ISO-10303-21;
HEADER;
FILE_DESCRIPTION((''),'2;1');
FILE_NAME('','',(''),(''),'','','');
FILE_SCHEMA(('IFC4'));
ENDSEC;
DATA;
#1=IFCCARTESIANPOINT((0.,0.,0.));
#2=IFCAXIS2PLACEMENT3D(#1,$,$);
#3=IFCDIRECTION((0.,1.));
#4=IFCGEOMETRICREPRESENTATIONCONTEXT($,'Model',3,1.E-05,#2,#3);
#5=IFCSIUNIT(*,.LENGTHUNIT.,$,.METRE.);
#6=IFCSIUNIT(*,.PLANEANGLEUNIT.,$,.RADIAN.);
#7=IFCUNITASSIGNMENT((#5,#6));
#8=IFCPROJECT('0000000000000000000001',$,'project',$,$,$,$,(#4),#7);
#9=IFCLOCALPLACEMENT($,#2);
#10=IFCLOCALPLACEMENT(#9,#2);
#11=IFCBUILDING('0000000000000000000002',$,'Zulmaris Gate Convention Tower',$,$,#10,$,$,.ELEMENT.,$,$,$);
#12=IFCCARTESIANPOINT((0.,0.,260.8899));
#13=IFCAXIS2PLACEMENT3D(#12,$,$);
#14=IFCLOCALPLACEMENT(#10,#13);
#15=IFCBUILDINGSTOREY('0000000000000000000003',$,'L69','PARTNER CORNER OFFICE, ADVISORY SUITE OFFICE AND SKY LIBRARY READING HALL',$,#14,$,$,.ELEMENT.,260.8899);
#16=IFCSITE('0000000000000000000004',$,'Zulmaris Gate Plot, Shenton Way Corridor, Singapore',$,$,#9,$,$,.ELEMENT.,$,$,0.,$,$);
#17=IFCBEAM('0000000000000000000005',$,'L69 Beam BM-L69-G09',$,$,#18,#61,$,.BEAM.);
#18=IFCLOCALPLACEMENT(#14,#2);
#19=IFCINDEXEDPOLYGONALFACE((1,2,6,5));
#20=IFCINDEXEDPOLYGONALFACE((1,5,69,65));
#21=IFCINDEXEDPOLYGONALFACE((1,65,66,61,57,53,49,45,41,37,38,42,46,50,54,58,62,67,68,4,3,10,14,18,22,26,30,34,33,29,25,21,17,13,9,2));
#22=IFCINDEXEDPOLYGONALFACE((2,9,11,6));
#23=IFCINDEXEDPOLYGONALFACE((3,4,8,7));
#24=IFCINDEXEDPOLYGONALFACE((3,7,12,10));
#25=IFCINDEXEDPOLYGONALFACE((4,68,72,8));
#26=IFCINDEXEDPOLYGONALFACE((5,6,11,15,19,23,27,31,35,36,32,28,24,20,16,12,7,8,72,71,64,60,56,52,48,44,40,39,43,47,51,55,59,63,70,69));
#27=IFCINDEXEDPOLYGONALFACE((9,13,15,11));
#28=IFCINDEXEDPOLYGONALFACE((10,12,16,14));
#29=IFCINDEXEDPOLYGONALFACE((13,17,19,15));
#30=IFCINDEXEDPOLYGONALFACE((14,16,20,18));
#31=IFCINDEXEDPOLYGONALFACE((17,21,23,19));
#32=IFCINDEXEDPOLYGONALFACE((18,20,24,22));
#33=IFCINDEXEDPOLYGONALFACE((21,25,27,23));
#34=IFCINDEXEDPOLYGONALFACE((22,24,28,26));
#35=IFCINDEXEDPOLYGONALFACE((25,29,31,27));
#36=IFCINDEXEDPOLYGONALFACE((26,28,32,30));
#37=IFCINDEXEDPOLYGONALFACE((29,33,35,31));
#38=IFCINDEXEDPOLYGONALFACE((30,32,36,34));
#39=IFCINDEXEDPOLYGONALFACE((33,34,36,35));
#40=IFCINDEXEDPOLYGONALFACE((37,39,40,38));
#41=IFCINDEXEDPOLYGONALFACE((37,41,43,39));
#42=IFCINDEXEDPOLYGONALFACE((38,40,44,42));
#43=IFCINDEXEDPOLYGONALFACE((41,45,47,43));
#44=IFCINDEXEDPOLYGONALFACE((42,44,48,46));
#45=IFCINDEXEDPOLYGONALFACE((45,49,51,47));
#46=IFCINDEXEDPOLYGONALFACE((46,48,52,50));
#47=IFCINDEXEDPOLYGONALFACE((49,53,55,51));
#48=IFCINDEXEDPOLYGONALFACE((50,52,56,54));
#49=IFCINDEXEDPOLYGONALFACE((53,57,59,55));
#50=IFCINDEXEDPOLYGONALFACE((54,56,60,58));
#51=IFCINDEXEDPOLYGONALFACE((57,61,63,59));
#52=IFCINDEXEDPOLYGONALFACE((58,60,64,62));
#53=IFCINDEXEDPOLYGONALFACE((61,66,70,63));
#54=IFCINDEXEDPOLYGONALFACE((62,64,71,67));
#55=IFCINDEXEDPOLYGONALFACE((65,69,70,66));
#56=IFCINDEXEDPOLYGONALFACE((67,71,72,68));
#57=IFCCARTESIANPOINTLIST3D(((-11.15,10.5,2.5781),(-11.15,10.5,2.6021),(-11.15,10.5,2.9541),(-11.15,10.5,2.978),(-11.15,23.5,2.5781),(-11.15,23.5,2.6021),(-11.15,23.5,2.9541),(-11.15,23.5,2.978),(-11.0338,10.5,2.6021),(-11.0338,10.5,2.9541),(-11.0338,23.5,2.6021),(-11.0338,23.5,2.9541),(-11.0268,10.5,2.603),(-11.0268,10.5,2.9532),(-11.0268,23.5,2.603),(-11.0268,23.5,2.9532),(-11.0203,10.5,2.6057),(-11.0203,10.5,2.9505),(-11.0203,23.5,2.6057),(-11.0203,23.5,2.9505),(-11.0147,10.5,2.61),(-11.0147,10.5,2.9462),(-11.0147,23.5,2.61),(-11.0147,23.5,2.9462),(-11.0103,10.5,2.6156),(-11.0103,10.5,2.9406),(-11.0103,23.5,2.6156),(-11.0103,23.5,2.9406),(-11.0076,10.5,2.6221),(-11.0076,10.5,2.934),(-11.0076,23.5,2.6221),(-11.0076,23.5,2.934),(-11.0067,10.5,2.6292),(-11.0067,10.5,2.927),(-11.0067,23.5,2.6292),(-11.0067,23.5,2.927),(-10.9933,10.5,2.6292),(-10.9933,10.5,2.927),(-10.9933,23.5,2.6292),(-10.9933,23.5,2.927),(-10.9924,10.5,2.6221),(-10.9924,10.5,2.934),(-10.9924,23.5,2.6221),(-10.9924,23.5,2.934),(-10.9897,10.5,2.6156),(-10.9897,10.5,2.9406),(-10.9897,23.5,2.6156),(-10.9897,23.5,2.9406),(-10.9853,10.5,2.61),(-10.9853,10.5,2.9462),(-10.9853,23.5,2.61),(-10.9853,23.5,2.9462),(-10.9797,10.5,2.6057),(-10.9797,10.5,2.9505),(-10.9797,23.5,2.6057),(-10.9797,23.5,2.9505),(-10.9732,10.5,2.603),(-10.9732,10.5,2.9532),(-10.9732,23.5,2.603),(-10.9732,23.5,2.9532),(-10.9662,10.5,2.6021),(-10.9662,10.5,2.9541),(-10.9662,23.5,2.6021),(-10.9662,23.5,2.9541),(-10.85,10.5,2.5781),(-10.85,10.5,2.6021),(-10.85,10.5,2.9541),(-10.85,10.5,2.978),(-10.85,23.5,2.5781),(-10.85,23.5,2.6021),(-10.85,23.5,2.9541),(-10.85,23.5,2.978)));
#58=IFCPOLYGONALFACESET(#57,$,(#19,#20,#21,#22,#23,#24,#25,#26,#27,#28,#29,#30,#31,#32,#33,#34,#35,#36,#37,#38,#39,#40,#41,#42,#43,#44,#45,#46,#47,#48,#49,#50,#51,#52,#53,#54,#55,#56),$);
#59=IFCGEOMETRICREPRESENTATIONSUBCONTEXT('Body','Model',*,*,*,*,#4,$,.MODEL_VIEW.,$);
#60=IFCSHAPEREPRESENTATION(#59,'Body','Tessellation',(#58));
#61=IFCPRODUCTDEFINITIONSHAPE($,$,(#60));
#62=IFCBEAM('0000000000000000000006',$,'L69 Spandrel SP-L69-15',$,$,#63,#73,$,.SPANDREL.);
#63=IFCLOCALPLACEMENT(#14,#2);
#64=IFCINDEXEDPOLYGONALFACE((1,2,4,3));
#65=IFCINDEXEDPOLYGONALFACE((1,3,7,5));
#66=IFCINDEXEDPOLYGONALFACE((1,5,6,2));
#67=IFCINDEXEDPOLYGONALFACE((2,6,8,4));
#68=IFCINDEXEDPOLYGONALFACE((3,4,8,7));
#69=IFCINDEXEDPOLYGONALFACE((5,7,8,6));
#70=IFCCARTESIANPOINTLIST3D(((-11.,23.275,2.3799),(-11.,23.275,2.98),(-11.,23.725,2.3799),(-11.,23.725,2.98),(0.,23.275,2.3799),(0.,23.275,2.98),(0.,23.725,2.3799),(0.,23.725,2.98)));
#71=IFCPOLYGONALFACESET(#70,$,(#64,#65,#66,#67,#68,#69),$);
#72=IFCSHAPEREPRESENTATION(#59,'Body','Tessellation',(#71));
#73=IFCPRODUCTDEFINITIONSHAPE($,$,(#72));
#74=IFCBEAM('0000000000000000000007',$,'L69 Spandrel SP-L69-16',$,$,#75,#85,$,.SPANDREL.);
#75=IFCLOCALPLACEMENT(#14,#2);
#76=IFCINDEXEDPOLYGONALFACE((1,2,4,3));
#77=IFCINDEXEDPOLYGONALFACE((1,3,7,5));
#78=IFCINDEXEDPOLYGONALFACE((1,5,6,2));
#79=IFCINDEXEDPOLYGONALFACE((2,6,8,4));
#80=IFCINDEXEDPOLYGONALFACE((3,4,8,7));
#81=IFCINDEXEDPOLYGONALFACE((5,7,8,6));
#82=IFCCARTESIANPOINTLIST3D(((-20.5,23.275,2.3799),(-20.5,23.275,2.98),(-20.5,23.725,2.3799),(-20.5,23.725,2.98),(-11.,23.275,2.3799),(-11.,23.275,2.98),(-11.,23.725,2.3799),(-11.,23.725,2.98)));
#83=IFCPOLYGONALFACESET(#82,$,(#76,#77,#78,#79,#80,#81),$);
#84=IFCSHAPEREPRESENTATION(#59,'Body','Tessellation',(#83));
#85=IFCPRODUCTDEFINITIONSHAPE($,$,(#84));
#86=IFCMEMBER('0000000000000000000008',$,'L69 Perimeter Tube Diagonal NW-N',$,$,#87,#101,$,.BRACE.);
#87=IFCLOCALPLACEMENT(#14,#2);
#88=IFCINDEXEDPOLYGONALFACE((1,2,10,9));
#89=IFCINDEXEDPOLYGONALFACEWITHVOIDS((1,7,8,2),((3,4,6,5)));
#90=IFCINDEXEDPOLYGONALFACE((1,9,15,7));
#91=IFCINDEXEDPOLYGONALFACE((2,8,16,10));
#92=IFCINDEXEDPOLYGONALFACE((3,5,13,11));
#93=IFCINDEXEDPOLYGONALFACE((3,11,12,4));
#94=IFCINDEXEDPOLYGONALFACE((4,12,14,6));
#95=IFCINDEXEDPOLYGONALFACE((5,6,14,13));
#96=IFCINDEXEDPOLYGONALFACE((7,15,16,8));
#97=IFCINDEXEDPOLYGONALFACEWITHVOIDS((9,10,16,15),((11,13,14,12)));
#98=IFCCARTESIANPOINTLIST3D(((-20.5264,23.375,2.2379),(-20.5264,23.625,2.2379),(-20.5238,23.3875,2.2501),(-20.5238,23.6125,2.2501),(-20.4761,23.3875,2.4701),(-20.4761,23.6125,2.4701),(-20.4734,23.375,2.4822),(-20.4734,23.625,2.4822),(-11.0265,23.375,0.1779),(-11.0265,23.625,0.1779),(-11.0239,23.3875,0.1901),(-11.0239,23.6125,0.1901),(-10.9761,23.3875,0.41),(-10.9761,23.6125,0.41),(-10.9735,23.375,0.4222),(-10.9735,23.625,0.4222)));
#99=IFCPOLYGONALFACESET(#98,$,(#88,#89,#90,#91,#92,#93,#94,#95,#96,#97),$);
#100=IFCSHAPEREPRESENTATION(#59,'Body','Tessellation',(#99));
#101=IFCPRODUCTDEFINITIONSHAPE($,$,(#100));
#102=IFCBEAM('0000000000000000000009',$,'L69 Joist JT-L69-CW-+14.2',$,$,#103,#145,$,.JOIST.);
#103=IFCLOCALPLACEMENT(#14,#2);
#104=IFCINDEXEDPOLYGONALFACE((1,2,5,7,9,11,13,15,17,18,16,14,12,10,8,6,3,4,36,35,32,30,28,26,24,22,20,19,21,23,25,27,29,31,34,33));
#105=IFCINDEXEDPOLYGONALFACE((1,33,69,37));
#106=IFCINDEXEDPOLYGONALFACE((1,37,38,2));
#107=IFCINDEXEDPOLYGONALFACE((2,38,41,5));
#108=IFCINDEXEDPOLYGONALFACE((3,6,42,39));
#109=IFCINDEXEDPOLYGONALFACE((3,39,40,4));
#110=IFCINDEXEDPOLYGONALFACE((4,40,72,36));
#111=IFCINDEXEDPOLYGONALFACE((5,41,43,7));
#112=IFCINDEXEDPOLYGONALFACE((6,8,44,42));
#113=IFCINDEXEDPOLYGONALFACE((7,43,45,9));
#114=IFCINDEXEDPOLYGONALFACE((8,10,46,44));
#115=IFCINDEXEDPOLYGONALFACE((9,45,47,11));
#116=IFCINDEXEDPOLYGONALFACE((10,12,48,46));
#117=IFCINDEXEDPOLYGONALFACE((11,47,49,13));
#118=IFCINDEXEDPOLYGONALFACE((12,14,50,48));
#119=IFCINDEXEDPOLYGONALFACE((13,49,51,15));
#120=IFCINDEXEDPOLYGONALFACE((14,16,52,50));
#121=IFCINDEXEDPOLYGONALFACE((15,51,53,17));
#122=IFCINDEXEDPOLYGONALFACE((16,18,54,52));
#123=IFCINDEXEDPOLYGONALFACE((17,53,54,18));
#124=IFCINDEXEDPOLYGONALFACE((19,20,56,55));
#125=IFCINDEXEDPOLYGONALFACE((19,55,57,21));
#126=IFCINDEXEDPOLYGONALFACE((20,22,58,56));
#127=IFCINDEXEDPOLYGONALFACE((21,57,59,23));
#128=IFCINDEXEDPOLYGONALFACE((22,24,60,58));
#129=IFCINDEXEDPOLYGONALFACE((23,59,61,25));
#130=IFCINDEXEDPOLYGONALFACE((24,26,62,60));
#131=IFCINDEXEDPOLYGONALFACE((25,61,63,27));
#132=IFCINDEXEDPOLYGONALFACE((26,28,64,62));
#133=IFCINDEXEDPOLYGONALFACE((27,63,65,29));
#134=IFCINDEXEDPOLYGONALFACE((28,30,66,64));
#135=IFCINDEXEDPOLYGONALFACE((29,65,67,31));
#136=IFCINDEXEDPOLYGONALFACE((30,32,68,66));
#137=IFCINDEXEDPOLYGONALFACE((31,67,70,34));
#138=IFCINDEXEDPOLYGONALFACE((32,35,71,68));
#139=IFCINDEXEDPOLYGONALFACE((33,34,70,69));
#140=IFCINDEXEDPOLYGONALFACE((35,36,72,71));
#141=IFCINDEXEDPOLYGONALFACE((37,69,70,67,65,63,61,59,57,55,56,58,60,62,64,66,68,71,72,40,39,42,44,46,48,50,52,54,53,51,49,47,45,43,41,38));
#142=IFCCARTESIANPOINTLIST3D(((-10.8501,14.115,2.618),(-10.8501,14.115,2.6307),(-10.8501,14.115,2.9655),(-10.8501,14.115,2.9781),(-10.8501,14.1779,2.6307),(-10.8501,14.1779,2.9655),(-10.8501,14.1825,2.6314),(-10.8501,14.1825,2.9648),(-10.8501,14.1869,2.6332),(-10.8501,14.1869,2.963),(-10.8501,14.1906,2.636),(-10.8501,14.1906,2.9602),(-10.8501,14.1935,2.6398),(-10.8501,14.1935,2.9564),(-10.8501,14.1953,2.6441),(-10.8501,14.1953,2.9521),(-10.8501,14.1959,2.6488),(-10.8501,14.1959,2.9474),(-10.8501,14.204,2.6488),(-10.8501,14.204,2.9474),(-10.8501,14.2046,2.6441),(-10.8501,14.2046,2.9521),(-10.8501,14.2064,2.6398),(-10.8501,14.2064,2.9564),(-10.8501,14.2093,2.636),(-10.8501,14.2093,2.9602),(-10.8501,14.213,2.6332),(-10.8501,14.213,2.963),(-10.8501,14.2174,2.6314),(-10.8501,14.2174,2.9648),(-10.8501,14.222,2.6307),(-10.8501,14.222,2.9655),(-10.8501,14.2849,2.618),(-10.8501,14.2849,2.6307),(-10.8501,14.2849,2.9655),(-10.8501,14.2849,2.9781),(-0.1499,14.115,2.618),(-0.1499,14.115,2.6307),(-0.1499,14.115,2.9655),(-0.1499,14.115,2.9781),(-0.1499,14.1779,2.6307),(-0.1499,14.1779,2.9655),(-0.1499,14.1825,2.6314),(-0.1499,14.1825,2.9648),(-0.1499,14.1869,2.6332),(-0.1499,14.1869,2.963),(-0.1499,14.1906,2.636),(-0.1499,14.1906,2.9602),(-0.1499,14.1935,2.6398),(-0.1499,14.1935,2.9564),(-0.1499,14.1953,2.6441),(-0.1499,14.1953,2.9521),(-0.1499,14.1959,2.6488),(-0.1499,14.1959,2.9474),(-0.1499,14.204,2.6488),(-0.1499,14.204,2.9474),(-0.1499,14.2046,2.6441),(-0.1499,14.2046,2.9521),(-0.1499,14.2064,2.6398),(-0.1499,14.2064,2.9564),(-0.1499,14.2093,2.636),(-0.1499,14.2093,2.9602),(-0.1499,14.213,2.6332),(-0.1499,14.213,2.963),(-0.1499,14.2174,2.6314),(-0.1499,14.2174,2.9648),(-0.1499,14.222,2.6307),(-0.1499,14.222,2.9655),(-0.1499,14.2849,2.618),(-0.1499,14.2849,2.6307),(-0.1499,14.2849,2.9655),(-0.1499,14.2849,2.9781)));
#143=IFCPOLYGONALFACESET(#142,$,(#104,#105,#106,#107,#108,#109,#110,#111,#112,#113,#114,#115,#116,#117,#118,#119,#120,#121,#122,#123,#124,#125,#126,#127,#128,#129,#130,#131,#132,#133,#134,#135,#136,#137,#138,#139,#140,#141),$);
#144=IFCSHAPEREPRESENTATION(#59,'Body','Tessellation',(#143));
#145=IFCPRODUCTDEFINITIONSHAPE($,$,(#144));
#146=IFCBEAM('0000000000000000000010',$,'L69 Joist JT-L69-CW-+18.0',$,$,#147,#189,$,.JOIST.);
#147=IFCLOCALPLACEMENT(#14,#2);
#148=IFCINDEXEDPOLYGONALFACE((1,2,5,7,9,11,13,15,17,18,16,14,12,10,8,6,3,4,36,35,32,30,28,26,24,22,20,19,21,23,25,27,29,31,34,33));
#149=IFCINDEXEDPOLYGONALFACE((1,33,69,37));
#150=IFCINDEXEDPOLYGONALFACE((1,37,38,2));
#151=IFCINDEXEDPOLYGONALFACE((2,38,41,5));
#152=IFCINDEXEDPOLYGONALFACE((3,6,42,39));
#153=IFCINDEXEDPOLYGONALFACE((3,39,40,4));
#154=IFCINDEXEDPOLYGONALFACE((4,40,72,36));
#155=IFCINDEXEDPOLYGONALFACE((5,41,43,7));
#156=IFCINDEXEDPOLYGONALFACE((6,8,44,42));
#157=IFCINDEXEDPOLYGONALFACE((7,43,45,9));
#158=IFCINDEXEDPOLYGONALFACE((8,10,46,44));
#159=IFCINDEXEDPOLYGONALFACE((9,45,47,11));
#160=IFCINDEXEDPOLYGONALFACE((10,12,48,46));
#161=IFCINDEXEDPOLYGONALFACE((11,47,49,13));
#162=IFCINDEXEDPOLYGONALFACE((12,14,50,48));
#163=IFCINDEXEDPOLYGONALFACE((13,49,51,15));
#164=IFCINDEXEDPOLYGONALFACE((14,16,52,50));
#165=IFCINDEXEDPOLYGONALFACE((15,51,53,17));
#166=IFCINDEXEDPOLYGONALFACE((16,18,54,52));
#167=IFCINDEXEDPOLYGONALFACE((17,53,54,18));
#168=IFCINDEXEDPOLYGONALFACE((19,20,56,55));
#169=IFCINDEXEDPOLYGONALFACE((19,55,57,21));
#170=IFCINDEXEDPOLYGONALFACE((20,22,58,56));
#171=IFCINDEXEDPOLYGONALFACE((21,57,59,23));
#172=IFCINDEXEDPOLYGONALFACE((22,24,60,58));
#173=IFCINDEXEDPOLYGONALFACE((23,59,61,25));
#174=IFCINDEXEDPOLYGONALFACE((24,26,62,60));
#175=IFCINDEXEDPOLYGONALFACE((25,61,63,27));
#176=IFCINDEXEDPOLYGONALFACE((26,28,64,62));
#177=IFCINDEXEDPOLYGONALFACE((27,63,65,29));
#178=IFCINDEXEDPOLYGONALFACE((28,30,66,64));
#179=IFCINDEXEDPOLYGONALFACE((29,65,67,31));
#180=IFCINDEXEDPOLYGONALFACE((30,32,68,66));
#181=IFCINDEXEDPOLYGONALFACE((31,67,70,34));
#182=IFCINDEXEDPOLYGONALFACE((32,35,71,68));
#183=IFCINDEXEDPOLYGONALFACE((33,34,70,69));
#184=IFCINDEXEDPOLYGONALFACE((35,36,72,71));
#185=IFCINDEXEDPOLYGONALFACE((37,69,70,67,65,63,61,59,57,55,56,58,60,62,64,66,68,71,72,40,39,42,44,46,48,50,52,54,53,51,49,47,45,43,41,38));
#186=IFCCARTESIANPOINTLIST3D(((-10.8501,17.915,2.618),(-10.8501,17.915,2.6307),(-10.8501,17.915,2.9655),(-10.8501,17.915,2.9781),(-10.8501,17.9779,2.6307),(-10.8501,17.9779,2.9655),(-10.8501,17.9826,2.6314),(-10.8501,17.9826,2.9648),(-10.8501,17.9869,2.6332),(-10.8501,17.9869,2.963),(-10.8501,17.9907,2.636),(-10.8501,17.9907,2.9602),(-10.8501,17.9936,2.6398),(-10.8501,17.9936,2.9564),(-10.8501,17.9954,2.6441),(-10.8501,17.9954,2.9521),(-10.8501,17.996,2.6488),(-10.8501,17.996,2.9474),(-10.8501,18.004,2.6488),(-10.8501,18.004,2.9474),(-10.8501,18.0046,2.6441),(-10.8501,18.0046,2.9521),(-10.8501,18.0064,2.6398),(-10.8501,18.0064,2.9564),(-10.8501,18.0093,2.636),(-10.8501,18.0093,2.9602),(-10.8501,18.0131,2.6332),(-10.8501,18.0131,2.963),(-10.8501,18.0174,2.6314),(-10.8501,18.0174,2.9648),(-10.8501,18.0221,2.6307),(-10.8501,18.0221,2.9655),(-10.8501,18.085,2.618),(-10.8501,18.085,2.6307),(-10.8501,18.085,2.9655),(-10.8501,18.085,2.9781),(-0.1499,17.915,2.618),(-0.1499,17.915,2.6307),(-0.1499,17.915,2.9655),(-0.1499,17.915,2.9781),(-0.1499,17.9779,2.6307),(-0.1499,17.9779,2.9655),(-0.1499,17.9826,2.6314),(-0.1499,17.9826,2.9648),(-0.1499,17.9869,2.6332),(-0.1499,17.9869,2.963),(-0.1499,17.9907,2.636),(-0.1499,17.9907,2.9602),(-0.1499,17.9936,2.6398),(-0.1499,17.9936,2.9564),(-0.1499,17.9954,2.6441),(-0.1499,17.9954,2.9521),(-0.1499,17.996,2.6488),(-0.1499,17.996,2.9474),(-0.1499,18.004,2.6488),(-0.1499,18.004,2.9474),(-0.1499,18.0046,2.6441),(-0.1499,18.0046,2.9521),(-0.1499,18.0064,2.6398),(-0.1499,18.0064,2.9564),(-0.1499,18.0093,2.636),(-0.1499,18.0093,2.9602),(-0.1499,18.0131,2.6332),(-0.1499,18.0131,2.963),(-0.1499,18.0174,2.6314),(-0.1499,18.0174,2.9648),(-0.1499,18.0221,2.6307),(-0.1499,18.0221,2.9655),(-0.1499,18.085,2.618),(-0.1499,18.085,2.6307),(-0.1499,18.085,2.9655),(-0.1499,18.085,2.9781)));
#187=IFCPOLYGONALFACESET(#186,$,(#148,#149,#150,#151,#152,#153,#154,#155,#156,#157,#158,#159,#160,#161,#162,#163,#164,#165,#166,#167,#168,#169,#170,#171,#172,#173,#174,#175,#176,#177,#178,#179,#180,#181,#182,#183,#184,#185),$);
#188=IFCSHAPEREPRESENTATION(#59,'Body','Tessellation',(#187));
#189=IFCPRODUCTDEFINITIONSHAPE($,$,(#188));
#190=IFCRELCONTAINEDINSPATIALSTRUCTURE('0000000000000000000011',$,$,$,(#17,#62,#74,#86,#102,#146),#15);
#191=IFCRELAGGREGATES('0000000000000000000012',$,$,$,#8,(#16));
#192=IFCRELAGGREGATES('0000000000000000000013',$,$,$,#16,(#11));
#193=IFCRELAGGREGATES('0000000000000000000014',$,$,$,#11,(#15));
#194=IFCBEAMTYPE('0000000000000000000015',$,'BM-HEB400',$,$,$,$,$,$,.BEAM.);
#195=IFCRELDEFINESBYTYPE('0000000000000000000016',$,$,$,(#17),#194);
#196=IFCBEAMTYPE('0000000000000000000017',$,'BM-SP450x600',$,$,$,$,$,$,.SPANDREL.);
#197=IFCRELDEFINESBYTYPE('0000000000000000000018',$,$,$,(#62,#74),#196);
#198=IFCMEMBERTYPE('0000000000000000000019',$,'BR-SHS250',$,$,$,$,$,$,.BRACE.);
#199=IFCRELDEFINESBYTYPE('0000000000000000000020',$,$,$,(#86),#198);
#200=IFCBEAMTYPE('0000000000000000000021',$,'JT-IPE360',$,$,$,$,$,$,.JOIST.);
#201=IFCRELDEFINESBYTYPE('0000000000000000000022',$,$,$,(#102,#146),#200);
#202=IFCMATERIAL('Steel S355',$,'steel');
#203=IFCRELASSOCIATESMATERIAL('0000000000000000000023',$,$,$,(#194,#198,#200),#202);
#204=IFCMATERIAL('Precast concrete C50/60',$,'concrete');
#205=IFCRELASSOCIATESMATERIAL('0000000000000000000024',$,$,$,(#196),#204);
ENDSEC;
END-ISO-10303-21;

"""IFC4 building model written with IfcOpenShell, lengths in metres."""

from ifc_helpers import new_model, si_unit, direction, frame, origin, origin_2d, place, context, subcontext, project, spatial, rectangle, hollow_rectangle, i_section, extrude, material, material_profile, profile_set, type_object, element, save


model = new_model("IFC4")

# Units and contexts
model_context = context("Model", 3, precision=1e-05, world=origin(), true_north=direction((0.0, 1.0)))
body_context = subcontext(model_context, "Body", "Model", "MODEL_VIEW")
ifc_project = project(units=[si_unit("LENGTHUNIT", "METRE"), si_unit("PLANEANGLEUNIT", "RADIAN")], contexts=[model_context])

# Site, building, storey
site_placement = place(None, origin())
site = spatial("IfcSite", under=ifc_project, at=site_placement, Name="Zulmaris Gate Plot, Shenton Way Corridor, Singapore", CompositionType="ELEMENT", RefElevation=0.0)
building_placement = place(site_placement, origin())
building = spatial("IfcBuilding", under=site, at=building_placement, Name="Zulmaris Gate Convention Tower", CompositionType="ELEMENT")
storey_placement = place(building_placement, frame((0.0, 0.0, 260.8899)))
storey = spatial("IfcBuildingStorey", under=building, at=storey_placement, Name="L69", Description="PARTNER CORNER OFFICE, ADVISORY SUITE OFFICE AND SKY LIBRARY READING HALL", CompositionType="ELEMENT", Elevation=260.8899)

# Beams
ifc_material_1 = material(Name="Steel S355", Category="steel")
ifc_material_profile_1 = material_profile(ifc_material_1, i_section(OverallWidth=0.3, OverallDepth=0.3999, WebThickness=0.0134, FlangeThickness=0.0239, FilletRadius=0.0271, at=origin_2d()), Name="HEB 400")
ifc_profile_set_1 = profile_set([ifc_material_profile_1], Name="Steel S355")
beam_type_1 = type_object("IfcBeamType", Name="BM-HEB400", PredefinedType="BEAM", material=ifc_profile_set_1)
beam_1_placement = place(storey_placement, frame((-11.0, 10.5, 2.7781), z_axis=(0.0, 1.0, 0.0), x_axis=(-1.0, 0.0, 0.0)))
element("IfcBeam", 1, at=beam_1_placement, inside=storey, type_object=beam_type_1, Name="L69 Beam BM-L69-G09", PredefinedType="BEAM", context=body_context, shape_type="SweptSolid", body=[
    extrude(i_section(OverallWidth=0.3, OverallDepth=0.3999, WebThickness=0.0134, FlangeThickness=0.0239, FilletRadius=0.0271, at=origin_2d()), origin(), (0.0, 0.0, 1.0), 13.0),
])
ifc_material_2 = material(Name="Precast concrete C50/60", Category="concrete")
ifc_material_profile_2 = material_profile(ifc_material_2, rectangle(XDim=0.45, YDim=0.6001, at=origin_2d()), Name="RC SPANDREL 450x600")
ifc_profile_set_2 = profile_set([ifc_material_profile_2], Name="Precast concrete C50/60")
beam_type_2 = type_object("IfcBeamType", Name="BM-SP450x600", PredefinedType="SPANDREL", material=ifc_profile_set_2)
beam_2_placement = place(storey_placement, frame((0.0, 23.5, 2.6799), z_axis=(-1.0, 0.0, 0.0), x_axis=(0.0, -1.0, 0.0)))
element("IfcBeam", 2, at=beam_2_placement, inside=storey, type_object=beam_type_2, Name="L69 Spandrel SP-L69-15", PredefinedType="SPANDREL", context=body_context, shape_type="SweptSolid", body=[
    extrude(rectangle(XDim=0.45, YDim=0.6001, at=origin_2d()), origin(), (0.0, 0.0, 1.0), 11.0),
])
beam_3_placement = place(storey_placement, frame((-11.0, 23.5, 2.6799), z_axis=(-1.0, 0.0, 0.0), x_axis=(0.0, -1.0, 0.0)))
element("IfcBeam", 3, at=beam_3_placement, inside=storey, type_object=beam_type_2, Name="L69 Spandrel SP-L69-16", PredefinedType="SPANDREL", context=body_context, shape_type="SweptSolid", body=[
    extrude(rectangle(XDim=0.45, YDim=0.6001, at=origin_2d()), origin(), (0.0, 0.0, 1.0), 9.5),
])

# Member
ifc_material_profile_3 = material_profile(ifc_material_1, hollow_rectangle(XDim=0.25, YDim=0.25, WallThickness=0.0125, at=origin_2d()), Name="SHS 250x250x12.5")
ifc_profile_set_3 = profile_set([ifc_material_profile_3], Name="Steel S355")
member_type = type_object("IfcMemberType", Name="BR-SHS250", PredefinedType="BRACE", material=ifc_profile_set_3)
member_placement = place(storey_placement, frame((-11.0, 23.5, 0.3), z_axis=(-0.977286, 0.0, 0.211923), x_axis=(0.0, -1.0, 0.0)))
element("IfcMember", 4, at=member_placement, inside=storey, type_object=member_type, Name="L69 Perimeter Tube Diagonal NW-N", PredefinedType="BRACE", context=body_context, shape_type="SweptSolid", body=[
    extrude(hollow_rectangle(XDim=0.25, YDim=0.25, WallThickness=0.0125, at=origin_2d()), origin(), (0.0, 0.0, 1.0), 9.7207),
])

# Beams
ifc_material_profile_4 = material_profile(ifc_material_1, i_section(OverallWidth=0.1699, OverallDepth=0.3601, WebThickness=0.0081, FlangeThickness=0.0127, FilletRadius=0.0181, at=origin_2d()), Name="IPE 360")
ifc_profile_set_4 = profile_set([ifc_material_profile_4], Name="Steel S355")
beam_type_3 = type_object("IfcBeamType", Name="JT-IPE360", PredefinedType="JOIST", material=ifc_profile_set_4)
for number, where, z_axis, x_axis, name in (
    (5, (-10.8501, 14.2, 2.7981), (1.0, 0.0, 0.0), (0.0, 1.0, 0.0), "L69 Joist JT-L69-CW-+14.2"),
    (6, (-10.8501, 18.0, 2.7981), (1.0, 0.0, 0.0), (0.0, 1.0, 0.0), "L69 Joist JT-L69-CW-+18.0"),
):
    element("IfcBeam", number, at=place(storey_placement, frame(where, z_axis=z_axis, x_axis=x_axis)), inside=storey, type_object=beam_type_3, Name=name, PredefinedType="JOIST", context=body_context, shape_type="SweptSolid", body=[
        extrude(i_section(OverallWidth=0.1699, OverallDepth=0.3601, WebThickness=0.0081, FlangeThickness=0.0127, FilletRadius=0.0181, at=origin_2d()), origin(), (0.0, 0.0, 1.0), 10.7002),
    ])

save(model, "model.ifc")
